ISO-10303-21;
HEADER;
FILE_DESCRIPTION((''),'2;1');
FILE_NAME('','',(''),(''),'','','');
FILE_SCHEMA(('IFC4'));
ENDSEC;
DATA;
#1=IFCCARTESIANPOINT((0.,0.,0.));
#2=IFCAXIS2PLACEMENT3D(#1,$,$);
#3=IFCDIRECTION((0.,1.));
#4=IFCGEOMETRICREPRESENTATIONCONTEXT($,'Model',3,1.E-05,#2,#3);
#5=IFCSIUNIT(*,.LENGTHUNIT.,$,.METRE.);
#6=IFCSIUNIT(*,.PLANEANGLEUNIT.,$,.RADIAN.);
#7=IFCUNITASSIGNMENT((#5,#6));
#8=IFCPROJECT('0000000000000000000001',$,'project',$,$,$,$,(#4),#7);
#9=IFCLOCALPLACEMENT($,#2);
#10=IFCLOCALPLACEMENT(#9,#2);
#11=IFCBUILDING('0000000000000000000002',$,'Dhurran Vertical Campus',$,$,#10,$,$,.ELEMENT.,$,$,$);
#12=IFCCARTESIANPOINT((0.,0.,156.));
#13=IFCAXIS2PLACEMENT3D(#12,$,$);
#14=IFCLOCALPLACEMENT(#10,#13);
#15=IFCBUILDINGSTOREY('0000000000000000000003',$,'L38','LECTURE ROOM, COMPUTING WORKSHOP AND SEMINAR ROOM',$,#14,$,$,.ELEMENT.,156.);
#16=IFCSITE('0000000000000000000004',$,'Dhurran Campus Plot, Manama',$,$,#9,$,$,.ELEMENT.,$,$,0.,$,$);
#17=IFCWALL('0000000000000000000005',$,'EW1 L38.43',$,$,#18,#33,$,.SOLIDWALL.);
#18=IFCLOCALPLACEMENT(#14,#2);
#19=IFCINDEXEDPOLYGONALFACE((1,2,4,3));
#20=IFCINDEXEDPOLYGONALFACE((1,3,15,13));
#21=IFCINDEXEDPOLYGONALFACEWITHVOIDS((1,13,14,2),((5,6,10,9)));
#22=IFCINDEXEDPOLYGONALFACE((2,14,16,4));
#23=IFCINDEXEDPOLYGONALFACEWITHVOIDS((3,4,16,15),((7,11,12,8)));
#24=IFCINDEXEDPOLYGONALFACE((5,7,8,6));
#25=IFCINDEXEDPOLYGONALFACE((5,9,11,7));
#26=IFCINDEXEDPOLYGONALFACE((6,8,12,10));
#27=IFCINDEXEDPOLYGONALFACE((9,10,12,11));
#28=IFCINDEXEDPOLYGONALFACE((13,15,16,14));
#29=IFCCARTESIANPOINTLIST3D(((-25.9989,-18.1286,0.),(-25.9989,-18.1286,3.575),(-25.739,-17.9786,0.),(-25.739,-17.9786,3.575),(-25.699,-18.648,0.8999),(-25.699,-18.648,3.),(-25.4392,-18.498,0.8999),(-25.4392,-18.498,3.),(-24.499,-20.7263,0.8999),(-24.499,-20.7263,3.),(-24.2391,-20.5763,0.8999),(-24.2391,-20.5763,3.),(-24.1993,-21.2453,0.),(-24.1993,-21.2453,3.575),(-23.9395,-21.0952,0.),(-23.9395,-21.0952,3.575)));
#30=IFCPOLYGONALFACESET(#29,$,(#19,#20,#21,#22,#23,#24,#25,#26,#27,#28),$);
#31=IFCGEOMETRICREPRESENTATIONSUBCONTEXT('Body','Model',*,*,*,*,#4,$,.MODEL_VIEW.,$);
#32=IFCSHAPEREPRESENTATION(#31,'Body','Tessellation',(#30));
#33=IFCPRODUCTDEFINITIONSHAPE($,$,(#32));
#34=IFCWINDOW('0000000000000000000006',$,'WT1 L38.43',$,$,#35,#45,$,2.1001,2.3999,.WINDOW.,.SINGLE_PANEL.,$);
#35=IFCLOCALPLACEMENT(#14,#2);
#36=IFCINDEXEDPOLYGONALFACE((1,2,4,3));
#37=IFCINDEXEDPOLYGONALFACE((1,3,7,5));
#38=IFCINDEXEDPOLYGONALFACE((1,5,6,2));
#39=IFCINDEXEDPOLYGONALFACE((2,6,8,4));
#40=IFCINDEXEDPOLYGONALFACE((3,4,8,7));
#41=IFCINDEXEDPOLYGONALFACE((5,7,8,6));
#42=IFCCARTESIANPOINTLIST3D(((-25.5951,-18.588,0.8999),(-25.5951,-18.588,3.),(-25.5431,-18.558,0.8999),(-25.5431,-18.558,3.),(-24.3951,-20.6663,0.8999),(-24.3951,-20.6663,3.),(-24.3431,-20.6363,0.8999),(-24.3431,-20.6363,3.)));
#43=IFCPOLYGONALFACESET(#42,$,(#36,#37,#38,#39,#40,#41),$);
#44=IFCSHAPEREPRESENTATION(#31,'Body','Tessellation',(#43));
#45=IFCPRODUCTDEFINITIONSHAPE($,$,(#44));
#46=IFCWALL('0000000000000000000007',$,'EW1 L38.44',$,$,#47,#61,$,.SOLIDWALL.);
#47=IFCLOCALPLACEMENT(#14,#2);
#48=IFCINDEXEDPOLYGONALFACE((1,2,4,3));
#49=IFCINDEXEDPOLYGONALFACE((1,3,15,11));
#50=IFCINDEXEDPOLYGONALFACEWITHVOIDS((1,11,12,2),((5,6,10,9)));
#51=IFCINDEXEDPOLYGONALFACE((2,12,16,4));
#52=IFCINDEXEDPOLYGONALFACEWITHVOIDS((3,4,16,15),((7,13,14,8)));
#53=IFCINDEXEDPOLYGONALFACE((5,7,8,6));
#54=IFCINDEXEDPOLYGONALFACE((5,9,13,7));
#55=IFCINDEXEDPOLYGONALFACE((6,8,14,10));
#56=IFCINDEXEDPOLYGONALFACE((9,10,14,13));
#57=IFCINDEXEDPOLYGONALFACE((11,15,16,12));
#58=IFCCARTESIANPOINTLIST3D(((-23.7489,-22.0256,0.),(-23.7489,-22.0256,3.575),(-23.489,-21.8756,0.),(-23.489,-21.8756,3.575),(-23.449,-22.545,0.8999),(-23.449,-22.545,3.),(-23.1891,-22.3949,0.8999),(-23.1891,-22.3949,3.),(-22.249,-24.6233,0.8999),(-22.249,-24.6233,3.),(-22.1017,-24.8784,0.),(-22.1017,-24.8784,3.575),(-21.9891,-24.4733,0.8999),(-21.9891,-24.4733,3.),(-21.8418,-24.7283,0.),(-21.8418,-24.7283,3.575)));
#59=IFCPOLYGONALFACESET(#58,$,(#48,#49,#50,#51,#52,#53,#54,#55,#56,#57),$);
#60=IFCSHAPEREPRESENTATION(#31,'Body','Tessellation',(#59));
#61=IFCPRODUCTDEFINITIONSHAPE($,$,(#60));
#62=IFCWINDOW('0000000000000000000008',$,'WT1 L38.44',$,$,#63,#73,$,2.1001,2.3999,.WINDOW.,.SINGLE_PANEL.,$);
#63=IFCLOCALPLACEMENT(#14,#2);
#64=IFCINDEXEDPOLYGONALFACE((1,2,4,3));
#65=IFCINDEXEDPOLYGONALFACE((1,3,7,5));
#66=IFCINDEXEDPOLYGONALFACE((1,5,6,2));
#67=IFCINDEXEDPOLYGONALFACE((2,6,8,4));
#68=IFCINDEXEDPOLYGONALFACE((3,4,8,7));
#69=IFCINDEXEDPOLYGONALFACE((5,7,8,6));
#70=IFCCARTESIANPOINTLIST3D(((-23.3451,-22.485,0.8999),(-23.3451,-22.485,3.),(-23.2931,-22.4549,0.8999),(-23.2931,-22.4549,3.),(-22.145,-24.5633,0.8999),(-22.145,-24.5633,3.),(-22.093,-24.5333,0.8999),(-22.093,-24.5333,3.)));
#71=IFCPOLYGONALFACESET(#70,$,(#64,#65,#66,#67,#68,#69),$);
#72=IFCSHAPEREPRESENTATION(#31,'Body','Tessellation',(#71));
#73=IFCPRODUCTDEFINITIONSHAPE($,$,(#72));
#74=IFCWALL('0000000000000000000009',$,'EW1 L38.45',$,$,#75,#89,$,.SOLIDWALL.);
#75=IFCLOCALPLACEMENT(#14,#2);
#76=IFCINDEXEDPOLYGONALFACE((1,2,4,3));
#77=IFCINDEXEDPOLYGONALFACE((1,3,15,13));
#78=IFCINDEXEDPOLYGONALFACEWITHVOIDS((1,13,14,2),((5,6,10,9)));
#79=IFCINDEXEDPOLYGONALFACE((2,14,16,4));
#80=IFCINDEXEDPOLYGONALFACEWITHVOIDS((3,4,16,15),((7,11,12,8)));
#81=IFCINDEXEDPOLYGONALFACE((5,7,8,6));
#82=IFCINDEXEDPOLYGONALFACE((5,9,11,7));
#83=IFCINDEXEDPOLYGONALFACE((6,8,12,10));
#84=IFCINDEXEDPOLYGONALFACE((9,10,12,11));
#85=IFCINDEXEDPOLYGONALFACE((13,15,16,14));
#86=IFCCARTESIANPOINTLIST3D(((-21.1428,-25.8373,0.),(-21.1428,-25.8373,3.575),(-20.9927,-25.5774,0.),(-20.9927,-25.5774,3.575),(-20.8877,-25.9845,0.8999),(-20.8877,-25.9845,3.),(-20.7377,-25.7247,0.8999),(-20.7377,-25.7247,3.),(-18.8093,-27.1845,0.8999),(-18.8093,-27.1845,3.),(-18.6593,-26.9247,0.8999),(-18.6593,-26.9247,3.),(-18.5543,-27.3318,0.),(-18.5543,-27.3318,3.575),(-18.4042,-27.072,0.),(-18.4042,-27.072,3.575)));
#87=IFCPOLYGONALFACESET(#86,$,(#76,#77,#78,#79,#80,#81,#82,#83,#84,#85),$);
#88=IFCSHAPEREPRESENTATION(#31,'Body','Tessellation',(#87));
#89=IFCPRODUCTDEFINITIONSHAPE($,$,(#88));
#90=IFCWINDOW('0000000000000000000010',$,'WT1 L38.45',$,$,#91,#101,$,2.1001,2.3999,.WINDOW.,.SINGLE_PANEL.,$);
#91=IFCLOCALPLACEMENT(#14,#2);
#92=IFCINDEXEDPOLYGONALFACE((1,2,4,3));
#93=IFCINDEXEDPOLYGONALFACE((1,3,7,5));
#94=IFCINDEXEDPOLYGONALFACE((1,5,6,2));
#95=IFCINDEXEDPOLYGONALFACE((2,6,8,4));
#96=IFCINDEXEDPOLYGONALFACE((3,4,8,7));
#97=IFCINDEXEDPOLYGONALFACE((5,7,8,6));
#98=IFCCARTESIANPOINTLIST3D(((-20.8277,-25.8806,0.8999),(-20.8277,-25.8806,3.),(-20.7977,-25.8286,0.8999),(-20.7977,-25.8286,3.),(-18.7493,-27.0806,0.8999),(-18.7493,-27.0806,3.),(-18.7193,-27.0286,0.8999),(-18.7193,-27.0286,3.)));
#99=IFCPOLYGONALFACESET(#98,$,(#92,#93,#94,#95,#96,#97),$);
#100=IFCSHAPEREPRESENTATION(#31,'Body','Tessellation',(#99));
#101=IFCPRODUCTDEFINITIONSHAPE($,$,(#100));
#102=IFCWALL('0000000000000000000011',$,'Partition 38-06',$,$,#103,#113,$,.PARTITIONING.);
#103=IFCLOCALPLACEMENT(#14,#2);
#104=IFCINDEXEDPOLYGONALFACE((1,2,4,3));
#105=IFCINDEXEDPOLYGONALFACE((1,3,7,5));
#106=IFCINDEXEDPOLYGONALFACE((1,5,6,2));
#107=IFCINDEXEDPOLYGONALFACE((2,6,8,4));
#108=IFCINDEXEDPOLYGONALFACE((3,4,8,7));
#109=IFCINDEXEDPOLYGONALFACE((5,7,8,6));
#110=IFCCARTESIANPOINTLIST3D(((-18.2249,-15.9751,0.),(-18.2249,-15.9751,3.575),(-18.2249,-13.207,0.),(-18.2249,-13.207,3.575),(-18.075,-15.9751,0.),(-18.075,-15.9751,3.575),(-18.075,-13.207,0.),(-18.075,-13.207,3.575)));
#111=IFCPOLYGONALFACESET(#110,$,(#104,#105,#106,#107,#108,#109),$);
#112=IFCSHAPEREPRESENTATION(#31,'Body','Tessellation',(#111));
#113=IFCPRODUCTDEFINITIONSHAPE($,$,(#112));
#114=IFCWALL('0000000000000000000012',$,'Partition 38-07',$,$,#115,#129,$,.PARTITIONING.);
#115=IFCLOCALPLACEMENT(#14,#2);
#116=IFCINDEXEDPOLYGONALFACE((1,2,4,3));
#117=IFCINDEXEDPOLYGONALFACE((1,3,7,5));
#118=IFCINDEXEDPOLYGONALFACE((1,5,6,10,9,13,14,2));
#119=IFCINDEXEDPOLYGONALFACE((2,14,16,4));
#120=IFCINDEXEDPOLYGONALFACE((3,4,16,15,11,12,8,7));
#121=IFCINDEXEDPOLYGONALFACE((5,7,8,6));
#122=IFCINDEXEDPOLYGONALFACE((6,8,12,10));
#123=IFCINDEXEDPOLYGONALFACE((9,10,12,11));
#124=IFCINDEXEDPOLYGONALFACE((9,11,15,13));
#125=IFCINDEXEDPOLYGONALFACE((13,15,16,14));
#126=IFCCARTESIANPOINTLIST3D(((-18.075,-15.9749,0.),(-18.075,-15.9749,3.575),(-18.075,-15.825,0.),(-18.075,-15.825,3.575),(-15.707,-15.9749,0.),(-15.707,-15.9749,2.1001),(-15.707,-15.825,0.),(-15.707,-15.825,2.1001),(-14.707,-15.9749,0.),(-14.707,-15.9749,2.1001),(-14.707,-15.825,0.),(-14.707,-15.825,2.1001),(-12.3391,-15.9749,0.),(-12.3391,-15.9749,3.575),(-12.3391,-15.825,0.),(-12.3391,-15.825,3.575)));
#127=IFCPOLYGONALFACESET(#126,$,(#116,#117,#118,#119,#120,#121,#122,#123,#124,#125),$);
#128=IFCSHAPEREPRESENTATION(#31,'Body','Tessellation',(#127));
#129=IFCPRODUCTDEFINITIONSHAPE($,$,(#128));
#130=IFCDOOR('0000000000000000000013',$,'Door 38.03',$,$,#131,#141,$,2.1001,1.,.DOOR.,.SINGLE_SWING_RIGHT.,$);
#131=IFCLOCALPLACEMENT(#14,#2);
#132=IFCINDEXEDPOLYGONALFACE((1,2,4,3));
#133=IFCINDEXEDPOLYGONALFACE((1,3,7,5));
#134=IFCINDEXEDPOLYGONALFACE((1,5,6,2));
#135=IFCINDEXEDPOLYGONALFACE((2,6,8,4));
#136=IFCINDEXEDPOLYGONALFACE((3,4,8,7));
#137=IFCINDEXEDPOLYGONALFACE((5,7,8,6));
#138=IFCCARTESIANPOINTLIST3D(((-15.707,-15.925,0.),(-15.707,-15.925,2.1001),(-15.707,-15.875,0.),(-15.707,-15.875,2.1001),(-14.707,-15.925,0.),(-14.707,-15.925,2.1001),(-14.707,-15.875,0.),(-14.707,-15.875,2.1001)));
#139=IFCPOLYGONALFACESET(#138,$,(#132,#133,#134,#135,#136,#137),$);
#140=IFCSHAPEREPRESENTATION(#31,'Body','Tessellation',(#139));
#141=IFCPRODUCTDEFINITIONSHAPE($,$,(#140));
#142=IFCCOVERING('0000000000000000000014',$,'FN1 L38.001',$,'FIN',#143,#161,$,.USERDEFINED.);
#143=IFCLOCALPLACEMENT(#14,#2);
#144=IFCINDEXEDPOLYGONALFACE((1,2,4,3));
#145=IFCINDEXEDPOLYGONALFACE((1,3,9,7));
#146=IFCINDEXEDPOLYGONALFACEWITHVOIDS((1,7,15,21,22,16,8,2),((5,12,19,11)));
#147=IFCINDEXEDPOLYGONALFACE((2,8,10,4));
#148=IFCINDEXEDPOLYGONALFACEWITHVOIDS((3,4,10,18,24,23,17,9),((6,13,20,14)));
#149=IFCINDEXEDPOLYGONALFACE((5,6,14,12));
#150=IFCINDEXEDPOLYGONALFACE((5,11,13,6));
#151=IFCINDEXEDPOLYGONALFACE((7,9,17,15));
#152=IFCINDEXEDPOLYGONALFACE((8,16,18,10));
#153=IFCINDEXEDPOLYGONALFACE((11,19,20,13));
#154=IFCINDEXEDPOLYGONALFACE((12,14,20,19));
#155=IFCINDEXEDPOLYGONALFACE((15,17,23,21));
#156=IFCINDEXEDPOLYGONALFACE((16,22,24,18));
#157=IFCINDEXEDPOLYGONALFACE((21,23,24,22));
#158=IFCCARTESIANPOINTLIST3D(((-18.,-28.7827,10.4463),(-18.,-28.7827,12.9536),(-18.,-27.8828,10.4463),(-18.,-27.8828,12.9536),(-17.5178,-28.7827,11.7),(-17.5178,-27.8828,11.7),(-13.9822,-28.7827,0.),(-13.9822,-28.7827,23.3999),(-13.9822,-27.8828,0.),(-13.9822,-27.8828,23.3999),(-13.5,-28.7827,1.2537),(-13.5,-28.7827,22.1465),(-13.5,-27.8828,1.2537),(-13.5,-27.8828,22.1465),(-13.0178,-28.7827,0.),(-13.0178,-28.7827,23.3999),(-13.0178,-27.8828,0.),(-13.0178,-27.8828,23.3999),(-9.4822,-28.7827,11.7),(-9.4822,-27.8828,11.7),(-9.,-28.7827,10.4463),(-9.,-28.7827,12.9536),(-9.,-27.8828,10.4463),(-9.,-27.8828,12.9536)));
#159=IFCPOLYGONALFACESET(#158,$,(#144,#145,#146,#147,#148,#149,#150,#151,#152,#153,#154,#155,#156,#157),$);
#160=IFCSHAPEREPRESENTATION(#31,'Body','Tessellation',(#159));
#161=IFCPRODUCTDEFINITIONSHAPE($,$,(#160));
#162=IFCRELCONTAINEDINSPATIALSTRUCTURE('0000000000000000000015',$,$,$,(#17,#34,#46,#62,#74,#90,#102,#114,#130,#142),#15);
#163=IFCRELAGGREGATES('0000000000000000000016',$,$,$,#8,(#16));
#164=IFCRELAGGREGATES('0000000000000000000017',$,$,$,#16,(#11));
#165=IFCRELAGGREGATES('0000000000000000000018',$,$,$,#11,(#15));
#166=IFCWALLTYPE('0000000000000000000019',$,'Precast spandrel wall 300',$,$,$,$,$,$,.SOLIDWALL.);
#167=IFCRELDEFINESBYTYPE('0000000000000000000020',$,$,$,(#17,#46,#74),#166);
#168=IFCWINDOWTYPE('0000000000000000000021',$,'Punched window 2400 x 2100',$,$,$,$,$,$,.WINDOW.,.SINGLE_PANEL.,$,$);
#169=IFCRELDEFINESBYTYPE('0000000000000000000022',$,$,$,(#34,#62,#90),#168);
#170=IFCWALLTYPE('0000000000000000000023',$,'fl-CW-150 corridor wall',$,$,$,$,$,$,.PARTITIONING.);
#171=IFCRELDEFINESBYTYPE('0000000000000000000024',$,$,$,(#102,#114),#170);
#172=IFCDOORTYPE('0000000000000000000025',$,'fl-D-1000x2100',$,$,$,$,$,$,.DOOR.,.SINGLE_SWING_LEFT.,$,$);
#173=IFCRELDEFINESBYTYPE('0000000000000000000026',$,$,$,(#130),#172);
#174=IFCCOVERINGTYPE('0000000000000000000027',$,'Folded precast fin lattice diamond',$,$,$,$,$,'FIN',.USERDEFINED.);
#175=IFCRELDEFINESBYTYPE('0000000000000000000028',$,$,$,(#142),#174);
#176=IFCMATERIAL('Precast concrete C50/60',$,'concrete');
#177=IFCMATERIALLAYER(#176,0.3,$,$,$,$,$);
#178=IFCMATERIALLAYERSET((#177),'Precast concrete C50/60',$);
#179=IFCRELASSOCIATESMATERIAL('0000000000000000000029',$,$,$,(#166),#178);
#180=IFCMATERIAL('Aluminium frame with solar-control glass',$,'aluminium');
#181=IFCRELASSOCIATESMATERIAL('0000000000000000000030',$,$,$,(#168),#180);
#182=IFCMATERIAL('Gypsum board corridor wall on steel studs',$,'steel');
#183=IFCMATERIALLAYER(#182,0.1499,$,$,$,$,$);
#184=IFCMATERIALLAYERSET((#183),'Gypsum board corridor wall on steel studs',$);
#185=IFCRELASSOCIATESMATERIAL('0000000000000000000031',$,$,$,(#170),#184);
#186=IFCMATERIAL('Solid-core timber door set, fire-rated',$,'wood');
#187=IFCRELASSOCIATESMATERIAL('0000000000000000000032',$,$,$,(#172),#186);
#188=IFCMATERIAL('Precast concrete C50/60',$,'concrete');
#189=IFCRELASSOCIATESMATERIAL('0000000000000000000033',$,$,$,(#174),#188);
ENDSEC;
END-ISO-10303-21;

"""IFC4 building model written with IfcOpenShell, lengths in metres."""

from ifc_helpers import new_model, si_unit, direction, frame, frame_2d, origin, place, context, subcontext, project, spatial, polyline, rectangle, outline, extrude, material, layer, layer_set, type_object, element, fill, save


model = new_model("IFC4")

# Units and contexts
model_context = context("Model", 3, precision=1e-05, world=origin(), true_north=direction((0.0, 1.0)))
body_context = subcontext(model_context, "Body", "Model", "MODEL_VIEW")
ifc_project = project(units=[si_unit("LENGTHUNIT", "METRE"), si_unit("PLANEANGLEUNIT", "RADIAN")], contexts=[model_context])

# Site, building, storey
site_placement = place(None, origin())
site = spatial("IfcSite", under=ifc_project, at=site_placement, Name="Dhurran Campus Plot, Manama", CompositionType="ELEMENT", RefElevation=0.0)
building_placement = place(site_placement, origin())
building = spatial("IfcBuilding", under=site, at=building_placement, Name="Dhurran Vertical Campus", CompositionType="ELEMENT")
storey_placement = place(building_placement, frame((0.0, 0.0, 156.0)))
storey = spatial("IfcBuildingStorey", under=building, at=storey_placement, Name="L38", Description="LECTURE ROOM, COMPUTING WORKSHOP AND SEMINAR ROOM", CompositionType="ELEMENT", Elevation=156.0)

# Walls, openings, windows
ifc_material_1 = material(Name="Precast concrete C50/60", Category="concrete")
ifc_layer_1 = layer(ifc_material_1, 0.3)
ifc_layer_set_1 = layer_set([ifc_layer_1], Name="Precast concrete C50/60")
wall_type_1 = type_object("IfcWallType", Name="Precast spandrel wall 300", PredefinedType="SOLIDWALL", material=ifc_layer_set_1)
ifc_material_2 = material(Name="Aluminium frame with solar-control glass", Category="aluminium")
window_type = type_object("IfcWindowType", Name="Punched window 2400 x 2100", PartitioningType="SINGLE_PANEL", PredefinedType="WINDOW", material=ifc_material_2)
wall_1_placement = place(storey_placement, frame((-25.8689, -18.0537, 0.0), z_axis=(0.0, 0.0, 1.0), x_axis=(0.500028, -0.866009, 0.0)))
wall_1 = element("IfcWall", 1, at=wall_1_placement, inside=storey, type_object=wall_type_1, Name="EW1 L38.43", PredefinedType="SOLIDWALL", context=body_context, shape_type="SweptSolid", body=[
    extrude(rectangle(XDim=3.5989, YDim=0.3, at=frame_2d((1.7993, 0.0))), origin(), (0.0, 0.0, 1.0), 3.575),
])
opening_1_placement = place(wall_1_placement, frame((0.5996, 0.0, 0.8999)))
opening_1 = element("IfcOpeningElement", 2, at=opening_1_placement, cuts=wall_1, PredefinedType="OPENING", context=body_context, shape_type="SweptSolid", body=[
    extrude(rectangle(XDim=2.3999, YDim=2.1001, at=frame_2d((1.2, 1.05))), frame((0.0, 0.1599, 0.0), z_axis=(0.0, -1.0, 0.0), x_axis=(1.0, 0.0, 0.0)), (0.0, 0.0, 1.0), 0.3201),
])
window_1_placement = place(opening_1_placement, origin())
window_1 = element("IfcWindow", 3, at=window_1_placement, inside=storey, type_object=window_type, Name="WT1 L38.43", OverallHeight=2.1001, OverallWidth=2.3999, PartitioningType="SINGLE_PANEL", PredefinedType="WINDOW", context=body_context, shape_type="SweptSolid", body=[
    extrude(rectangle(XDim=2.3999, YDim=2.1001, at=frame_2d((1.2, 1.05))), frame((0.0, 0.03, 0.0), z_axis=(0.0, -1.0, 0.0), x_axis=(1.0, 0.0, 0.0)), (0.0, 0.0, 1.0), 0.0601),
])
fill(opening_1, window_1)
wall_2_placement = place(storey_placement, frame((-23.6189, -21.9507, 0.0), z_axis=(0.0, 0.0, 1.0), x_axis=(0.500037, -0.866004, 0.0)))
wall_2 = element("IfcWall", 4, at=wall_2_placement, inside=storey, type_object=wall_type_1, Name="EW1 L38.44", PredefinedType="SOLIDWALL", context=body_context, shape_type="SweptSolid", body=[
    extrude(rectangle(XDim=3.2942, YDim=0.3, at=frame_2d((1.647, 0.0))), origin(), (0.0, 0.0, 1.0), 3.575),
])
opening_2_placement = place(wall_2_placement, frame((0.5996, 0.0, 0.8999)))
opening_2 = element("IfcOpeningElement", 5, at=opening_2_placement, cuts=wall_2, PredefinedType="OPENING", context=body_context, shape_type="SweptSolid", body=[
    extrude(rectangle(XDim=2.3999, YDim=2.1001, at=frame_2d((1.2, 1.05))), frame((0.0, 0.1599, 0.0), z_axis=(0.0, -1.0, 0.0), x_axis=(1.0, 0.0, 0.0)), (0.0, 0.0, 1.0), 0.3201),
])
window_2_placement = place(opening_2_placement, origin())
window_2 = element("IfcWindow", 6, at=window_2_placement, inside=storey, type_object=window_type, Name="WT1 L38.44", OverallHeight=2.1001, OverallWidth=2.3999, PartitioningType="SINGLE_PANEL", PredefinedType="WINDOW", context=body_context, shape_type="SweptSolid", body=[
    extrude(rectangle(XDim=2.3999, YDim=2.1001, at=frame_2d((1.2, 1.05))), frame((0.0, 0.03, 0.0), z_axis=(0.0, -1.0, 0.0), x_axis=(1.0, 0.0, 0.0)), (0.0, 0.0, 1.0), 0.0601),
])
fill(opening_2, window_2)
wall_3_placement = place(storey_placement, frame((-21.0679, -25.7073, 0.0), z_axis=(0.0, 0.0, 1.0), x_axis=(0.866013, -0.500022, 0.0)))
wall_3 = element("IfcWall", 7, at=wall_3_placement, inside=storey, type_object=wall_type_1, Name="EW1 L38.45", PredefinedType="SOLIDWALL", context=body_context, shape_type="SweptSolid", body=[
    extrude(rectangle(XDim=2.989, YDim=0.3, at=frame_2d((1.4946, 0.0))), origin(), (0.0, 0.0, 1.0), 3.575),
])
opening_3_placement = place(wall_3_placement, frame((0.2947, 0.0, 0.8999)))
opening_3 = element("IfcOpeningElement", 8, at=opening_3_placement, cuts=wall_3, PredefinedType="OPENING", context=body_context, shape_type="SweptSolid", body=[
    extrude(rectangle(XDim=2.3999, YDim=2.1001, at=frame_2d((1.2, 1.05))), frame((0.0, 0.1599, 0.0), z_axis=(0.0, -1.0, 0.0), x_axis=(1.0, 0.0, 0.0)), (0.0, 0.0, 1.0), 0.3201),
])
window_3_placement = place(opening_3_placement, origin())
window_3 = element("IfcWindow", 9, at=window_3_placement, inside=storey, type_object=window_type, Name="WT1 L38.45", OverallHeight=2.1001, OverallWidth=2.3999, PartitioningType="SINGLE_PANEL", PredefinedType="WINDOW", context=body_context, shape_type="SweptSolid", body=[
    extrude(rectangle(XDim=2.3999, YDim=2.1001, at=frame_2d((1.2, 1.05))), frame((0.0, 0.03, 0.0), z_axis=(0.0, -1.0, 0.0), x_axis=(1.0, 0.0, 0.0)), (0.0, 0.0, 1.0), 0.0601),
])
fill(opening_3, window_3)

# Wall
ifc_material_3 = material(Name="Gypsum board corridor wall on steel studs", Category="steel")
ifc_layer_2 = layer(ifc_material_3, 0.1499)
ifc_layer_set_2 = layer_set([ifc_layer_2], Name="Gypsum board corridor wall on steel studs")
wall_type_2 = type_object("IfcWallType", Name="fl-CW-150 corridor wall", PredefinedType="PARTITIONING", material=ifc_layer_set_2)
wall_4_placement = place(storey_placement, frame((-18.1499, -13.207, 0.0), z_axis=(0.0, 0.0, 1.0), x_axis=(0.0, -1.0, 0.0)))
element("IfcWall", 10, at=wall_4_placement, inside=storey, type_object=wall_type_2, Name="Partition 38-06", PredefinedType="PARTITIONING", context=body_context, shape_type="SweptSolid", body=[
    extrude(rectangle(XDim=2.7681, YDim=0.1499, at=frame_2d((1.384, 0.0))), origin(), (0.0, 0.0, 1.0), 3.575),
])

# Wall, opening, door
wall_5_placement = place(storey_placement, frame((-18.075, -15.8999, 0.0), z_axis=(0.0, 0.0, 1.0), x_axis=(1.0, 0.0, 0.0)))
wall_5 = element("IfcWall", 11, at=wall_5_placement, inside=storey, type_object=wall_type_2, Name="Partition 38-07", PredefinedType="PARTITIONING", context=body_context, shape_type="SweptSolid", body=[
    extrude(rectangle(XDim=5.7358, YDim=0.1499, at=frame_2d((2.8679, 0.0))), origin(), (0.0, 0.0, 1.0), 3.575),
])
opening_4_placement = place(wall_5_placement, frame((2.3679, 0.0, 0.0)))
opening_4 = element("IfcOpeningElement", 12, at=opening_4_placement, cuts=wall_5, PredefinedType="OPENING", context=body_context, shape_type="SweptSolid", body=[
    extrude(rectangle(XDim=1.0, YDim=2.1001, at=frame_2d((0.5, 1.05))), frame((0.0, 0.085, 0.0), z_axis=(0.0, -1.0, 0.0), x_axis=(1.0, 0.0, 0.0)), (0.0, 0.0, 1.0), 0.1699),
])
ifc_material_4 = material(Name="Solid-core timber door set, fire-rated", Category="wood")
door_type = type_object("IfcDoorType", Name="fl-D-1000x2100", OperationType="SINGLE_SWING_LEFT", PredefinedType="DOOR", material=ifc_material_4)
door_placement = place(opening_4_placement, origin())
door = element("IfcDoor", 13, at=door_placement, inside=storey, type_object=door_type, Name="Door 38.03", OperationType="SINGLE_SWING_RIGHT", OverallHeight=2.1001, OverallWidth=1.0, PredefinedType="DOOR", context=body_context, shape_type="SweptSolid", body=[
    extrude(rectangle(XDim=1.0, YDim=2.1001, at=frame_2d((0.5, 1.05))), frame((0.0, 0.0249, 0.0), z_axis=(0.0, -1.0, 0.0), x_axis=(1.0, 0.0, 0.0)), (0.0, 0.0, 1.0), 0.05),
])
fill(opening_4, door)

# Covering
ifc_material_5 = material(Name="Precast concrete C50/60", Category="concrete")
covering_type = type_object("IfcCoveringType", Name="Folded precast fin lattice diamond", ElementType="FIN", PredefinedType="USERDEFINED", material=ifc_material_5)
for number, where, z_axis, x_axis, name in (
    (14, (-18.0, -27.8828, 0.0), (0.0, -1.0, 0.0), (1.0, 0.0, 0.0), "FN1 L38.001"),
):
    element("IfcCovering", number, at=place(storey_placement, frame(where, z_axis=z_axis, x_axis=x_axis)), inside=storey, type_object=covering_type, Name=name, ObjectType="FIN", PredefinedType="USERDEFINED", context=body_context, shape_type="SweptSolid", body=[
        extrude(outline(polyline([(9.0, 12.9536), (9.0, 10.4463), (4.9822, 0.0), (4.0178, 0.0), (0.0, 10.4463), (0.0, 12.9536), (4.0178, 23.3999), (4.9822, 23.3999), (9.0, 12.9536)]), holes=[polyline([(8.5178, 11.7), (4.5, 22.1465), (0.4822, 11.7), (4.5, 1.2537), (8.5178, 11.7)])]), origin(), (0.0, 0.0, 1.0), 0.8999),
    ])

save(model, "model.ifc")
